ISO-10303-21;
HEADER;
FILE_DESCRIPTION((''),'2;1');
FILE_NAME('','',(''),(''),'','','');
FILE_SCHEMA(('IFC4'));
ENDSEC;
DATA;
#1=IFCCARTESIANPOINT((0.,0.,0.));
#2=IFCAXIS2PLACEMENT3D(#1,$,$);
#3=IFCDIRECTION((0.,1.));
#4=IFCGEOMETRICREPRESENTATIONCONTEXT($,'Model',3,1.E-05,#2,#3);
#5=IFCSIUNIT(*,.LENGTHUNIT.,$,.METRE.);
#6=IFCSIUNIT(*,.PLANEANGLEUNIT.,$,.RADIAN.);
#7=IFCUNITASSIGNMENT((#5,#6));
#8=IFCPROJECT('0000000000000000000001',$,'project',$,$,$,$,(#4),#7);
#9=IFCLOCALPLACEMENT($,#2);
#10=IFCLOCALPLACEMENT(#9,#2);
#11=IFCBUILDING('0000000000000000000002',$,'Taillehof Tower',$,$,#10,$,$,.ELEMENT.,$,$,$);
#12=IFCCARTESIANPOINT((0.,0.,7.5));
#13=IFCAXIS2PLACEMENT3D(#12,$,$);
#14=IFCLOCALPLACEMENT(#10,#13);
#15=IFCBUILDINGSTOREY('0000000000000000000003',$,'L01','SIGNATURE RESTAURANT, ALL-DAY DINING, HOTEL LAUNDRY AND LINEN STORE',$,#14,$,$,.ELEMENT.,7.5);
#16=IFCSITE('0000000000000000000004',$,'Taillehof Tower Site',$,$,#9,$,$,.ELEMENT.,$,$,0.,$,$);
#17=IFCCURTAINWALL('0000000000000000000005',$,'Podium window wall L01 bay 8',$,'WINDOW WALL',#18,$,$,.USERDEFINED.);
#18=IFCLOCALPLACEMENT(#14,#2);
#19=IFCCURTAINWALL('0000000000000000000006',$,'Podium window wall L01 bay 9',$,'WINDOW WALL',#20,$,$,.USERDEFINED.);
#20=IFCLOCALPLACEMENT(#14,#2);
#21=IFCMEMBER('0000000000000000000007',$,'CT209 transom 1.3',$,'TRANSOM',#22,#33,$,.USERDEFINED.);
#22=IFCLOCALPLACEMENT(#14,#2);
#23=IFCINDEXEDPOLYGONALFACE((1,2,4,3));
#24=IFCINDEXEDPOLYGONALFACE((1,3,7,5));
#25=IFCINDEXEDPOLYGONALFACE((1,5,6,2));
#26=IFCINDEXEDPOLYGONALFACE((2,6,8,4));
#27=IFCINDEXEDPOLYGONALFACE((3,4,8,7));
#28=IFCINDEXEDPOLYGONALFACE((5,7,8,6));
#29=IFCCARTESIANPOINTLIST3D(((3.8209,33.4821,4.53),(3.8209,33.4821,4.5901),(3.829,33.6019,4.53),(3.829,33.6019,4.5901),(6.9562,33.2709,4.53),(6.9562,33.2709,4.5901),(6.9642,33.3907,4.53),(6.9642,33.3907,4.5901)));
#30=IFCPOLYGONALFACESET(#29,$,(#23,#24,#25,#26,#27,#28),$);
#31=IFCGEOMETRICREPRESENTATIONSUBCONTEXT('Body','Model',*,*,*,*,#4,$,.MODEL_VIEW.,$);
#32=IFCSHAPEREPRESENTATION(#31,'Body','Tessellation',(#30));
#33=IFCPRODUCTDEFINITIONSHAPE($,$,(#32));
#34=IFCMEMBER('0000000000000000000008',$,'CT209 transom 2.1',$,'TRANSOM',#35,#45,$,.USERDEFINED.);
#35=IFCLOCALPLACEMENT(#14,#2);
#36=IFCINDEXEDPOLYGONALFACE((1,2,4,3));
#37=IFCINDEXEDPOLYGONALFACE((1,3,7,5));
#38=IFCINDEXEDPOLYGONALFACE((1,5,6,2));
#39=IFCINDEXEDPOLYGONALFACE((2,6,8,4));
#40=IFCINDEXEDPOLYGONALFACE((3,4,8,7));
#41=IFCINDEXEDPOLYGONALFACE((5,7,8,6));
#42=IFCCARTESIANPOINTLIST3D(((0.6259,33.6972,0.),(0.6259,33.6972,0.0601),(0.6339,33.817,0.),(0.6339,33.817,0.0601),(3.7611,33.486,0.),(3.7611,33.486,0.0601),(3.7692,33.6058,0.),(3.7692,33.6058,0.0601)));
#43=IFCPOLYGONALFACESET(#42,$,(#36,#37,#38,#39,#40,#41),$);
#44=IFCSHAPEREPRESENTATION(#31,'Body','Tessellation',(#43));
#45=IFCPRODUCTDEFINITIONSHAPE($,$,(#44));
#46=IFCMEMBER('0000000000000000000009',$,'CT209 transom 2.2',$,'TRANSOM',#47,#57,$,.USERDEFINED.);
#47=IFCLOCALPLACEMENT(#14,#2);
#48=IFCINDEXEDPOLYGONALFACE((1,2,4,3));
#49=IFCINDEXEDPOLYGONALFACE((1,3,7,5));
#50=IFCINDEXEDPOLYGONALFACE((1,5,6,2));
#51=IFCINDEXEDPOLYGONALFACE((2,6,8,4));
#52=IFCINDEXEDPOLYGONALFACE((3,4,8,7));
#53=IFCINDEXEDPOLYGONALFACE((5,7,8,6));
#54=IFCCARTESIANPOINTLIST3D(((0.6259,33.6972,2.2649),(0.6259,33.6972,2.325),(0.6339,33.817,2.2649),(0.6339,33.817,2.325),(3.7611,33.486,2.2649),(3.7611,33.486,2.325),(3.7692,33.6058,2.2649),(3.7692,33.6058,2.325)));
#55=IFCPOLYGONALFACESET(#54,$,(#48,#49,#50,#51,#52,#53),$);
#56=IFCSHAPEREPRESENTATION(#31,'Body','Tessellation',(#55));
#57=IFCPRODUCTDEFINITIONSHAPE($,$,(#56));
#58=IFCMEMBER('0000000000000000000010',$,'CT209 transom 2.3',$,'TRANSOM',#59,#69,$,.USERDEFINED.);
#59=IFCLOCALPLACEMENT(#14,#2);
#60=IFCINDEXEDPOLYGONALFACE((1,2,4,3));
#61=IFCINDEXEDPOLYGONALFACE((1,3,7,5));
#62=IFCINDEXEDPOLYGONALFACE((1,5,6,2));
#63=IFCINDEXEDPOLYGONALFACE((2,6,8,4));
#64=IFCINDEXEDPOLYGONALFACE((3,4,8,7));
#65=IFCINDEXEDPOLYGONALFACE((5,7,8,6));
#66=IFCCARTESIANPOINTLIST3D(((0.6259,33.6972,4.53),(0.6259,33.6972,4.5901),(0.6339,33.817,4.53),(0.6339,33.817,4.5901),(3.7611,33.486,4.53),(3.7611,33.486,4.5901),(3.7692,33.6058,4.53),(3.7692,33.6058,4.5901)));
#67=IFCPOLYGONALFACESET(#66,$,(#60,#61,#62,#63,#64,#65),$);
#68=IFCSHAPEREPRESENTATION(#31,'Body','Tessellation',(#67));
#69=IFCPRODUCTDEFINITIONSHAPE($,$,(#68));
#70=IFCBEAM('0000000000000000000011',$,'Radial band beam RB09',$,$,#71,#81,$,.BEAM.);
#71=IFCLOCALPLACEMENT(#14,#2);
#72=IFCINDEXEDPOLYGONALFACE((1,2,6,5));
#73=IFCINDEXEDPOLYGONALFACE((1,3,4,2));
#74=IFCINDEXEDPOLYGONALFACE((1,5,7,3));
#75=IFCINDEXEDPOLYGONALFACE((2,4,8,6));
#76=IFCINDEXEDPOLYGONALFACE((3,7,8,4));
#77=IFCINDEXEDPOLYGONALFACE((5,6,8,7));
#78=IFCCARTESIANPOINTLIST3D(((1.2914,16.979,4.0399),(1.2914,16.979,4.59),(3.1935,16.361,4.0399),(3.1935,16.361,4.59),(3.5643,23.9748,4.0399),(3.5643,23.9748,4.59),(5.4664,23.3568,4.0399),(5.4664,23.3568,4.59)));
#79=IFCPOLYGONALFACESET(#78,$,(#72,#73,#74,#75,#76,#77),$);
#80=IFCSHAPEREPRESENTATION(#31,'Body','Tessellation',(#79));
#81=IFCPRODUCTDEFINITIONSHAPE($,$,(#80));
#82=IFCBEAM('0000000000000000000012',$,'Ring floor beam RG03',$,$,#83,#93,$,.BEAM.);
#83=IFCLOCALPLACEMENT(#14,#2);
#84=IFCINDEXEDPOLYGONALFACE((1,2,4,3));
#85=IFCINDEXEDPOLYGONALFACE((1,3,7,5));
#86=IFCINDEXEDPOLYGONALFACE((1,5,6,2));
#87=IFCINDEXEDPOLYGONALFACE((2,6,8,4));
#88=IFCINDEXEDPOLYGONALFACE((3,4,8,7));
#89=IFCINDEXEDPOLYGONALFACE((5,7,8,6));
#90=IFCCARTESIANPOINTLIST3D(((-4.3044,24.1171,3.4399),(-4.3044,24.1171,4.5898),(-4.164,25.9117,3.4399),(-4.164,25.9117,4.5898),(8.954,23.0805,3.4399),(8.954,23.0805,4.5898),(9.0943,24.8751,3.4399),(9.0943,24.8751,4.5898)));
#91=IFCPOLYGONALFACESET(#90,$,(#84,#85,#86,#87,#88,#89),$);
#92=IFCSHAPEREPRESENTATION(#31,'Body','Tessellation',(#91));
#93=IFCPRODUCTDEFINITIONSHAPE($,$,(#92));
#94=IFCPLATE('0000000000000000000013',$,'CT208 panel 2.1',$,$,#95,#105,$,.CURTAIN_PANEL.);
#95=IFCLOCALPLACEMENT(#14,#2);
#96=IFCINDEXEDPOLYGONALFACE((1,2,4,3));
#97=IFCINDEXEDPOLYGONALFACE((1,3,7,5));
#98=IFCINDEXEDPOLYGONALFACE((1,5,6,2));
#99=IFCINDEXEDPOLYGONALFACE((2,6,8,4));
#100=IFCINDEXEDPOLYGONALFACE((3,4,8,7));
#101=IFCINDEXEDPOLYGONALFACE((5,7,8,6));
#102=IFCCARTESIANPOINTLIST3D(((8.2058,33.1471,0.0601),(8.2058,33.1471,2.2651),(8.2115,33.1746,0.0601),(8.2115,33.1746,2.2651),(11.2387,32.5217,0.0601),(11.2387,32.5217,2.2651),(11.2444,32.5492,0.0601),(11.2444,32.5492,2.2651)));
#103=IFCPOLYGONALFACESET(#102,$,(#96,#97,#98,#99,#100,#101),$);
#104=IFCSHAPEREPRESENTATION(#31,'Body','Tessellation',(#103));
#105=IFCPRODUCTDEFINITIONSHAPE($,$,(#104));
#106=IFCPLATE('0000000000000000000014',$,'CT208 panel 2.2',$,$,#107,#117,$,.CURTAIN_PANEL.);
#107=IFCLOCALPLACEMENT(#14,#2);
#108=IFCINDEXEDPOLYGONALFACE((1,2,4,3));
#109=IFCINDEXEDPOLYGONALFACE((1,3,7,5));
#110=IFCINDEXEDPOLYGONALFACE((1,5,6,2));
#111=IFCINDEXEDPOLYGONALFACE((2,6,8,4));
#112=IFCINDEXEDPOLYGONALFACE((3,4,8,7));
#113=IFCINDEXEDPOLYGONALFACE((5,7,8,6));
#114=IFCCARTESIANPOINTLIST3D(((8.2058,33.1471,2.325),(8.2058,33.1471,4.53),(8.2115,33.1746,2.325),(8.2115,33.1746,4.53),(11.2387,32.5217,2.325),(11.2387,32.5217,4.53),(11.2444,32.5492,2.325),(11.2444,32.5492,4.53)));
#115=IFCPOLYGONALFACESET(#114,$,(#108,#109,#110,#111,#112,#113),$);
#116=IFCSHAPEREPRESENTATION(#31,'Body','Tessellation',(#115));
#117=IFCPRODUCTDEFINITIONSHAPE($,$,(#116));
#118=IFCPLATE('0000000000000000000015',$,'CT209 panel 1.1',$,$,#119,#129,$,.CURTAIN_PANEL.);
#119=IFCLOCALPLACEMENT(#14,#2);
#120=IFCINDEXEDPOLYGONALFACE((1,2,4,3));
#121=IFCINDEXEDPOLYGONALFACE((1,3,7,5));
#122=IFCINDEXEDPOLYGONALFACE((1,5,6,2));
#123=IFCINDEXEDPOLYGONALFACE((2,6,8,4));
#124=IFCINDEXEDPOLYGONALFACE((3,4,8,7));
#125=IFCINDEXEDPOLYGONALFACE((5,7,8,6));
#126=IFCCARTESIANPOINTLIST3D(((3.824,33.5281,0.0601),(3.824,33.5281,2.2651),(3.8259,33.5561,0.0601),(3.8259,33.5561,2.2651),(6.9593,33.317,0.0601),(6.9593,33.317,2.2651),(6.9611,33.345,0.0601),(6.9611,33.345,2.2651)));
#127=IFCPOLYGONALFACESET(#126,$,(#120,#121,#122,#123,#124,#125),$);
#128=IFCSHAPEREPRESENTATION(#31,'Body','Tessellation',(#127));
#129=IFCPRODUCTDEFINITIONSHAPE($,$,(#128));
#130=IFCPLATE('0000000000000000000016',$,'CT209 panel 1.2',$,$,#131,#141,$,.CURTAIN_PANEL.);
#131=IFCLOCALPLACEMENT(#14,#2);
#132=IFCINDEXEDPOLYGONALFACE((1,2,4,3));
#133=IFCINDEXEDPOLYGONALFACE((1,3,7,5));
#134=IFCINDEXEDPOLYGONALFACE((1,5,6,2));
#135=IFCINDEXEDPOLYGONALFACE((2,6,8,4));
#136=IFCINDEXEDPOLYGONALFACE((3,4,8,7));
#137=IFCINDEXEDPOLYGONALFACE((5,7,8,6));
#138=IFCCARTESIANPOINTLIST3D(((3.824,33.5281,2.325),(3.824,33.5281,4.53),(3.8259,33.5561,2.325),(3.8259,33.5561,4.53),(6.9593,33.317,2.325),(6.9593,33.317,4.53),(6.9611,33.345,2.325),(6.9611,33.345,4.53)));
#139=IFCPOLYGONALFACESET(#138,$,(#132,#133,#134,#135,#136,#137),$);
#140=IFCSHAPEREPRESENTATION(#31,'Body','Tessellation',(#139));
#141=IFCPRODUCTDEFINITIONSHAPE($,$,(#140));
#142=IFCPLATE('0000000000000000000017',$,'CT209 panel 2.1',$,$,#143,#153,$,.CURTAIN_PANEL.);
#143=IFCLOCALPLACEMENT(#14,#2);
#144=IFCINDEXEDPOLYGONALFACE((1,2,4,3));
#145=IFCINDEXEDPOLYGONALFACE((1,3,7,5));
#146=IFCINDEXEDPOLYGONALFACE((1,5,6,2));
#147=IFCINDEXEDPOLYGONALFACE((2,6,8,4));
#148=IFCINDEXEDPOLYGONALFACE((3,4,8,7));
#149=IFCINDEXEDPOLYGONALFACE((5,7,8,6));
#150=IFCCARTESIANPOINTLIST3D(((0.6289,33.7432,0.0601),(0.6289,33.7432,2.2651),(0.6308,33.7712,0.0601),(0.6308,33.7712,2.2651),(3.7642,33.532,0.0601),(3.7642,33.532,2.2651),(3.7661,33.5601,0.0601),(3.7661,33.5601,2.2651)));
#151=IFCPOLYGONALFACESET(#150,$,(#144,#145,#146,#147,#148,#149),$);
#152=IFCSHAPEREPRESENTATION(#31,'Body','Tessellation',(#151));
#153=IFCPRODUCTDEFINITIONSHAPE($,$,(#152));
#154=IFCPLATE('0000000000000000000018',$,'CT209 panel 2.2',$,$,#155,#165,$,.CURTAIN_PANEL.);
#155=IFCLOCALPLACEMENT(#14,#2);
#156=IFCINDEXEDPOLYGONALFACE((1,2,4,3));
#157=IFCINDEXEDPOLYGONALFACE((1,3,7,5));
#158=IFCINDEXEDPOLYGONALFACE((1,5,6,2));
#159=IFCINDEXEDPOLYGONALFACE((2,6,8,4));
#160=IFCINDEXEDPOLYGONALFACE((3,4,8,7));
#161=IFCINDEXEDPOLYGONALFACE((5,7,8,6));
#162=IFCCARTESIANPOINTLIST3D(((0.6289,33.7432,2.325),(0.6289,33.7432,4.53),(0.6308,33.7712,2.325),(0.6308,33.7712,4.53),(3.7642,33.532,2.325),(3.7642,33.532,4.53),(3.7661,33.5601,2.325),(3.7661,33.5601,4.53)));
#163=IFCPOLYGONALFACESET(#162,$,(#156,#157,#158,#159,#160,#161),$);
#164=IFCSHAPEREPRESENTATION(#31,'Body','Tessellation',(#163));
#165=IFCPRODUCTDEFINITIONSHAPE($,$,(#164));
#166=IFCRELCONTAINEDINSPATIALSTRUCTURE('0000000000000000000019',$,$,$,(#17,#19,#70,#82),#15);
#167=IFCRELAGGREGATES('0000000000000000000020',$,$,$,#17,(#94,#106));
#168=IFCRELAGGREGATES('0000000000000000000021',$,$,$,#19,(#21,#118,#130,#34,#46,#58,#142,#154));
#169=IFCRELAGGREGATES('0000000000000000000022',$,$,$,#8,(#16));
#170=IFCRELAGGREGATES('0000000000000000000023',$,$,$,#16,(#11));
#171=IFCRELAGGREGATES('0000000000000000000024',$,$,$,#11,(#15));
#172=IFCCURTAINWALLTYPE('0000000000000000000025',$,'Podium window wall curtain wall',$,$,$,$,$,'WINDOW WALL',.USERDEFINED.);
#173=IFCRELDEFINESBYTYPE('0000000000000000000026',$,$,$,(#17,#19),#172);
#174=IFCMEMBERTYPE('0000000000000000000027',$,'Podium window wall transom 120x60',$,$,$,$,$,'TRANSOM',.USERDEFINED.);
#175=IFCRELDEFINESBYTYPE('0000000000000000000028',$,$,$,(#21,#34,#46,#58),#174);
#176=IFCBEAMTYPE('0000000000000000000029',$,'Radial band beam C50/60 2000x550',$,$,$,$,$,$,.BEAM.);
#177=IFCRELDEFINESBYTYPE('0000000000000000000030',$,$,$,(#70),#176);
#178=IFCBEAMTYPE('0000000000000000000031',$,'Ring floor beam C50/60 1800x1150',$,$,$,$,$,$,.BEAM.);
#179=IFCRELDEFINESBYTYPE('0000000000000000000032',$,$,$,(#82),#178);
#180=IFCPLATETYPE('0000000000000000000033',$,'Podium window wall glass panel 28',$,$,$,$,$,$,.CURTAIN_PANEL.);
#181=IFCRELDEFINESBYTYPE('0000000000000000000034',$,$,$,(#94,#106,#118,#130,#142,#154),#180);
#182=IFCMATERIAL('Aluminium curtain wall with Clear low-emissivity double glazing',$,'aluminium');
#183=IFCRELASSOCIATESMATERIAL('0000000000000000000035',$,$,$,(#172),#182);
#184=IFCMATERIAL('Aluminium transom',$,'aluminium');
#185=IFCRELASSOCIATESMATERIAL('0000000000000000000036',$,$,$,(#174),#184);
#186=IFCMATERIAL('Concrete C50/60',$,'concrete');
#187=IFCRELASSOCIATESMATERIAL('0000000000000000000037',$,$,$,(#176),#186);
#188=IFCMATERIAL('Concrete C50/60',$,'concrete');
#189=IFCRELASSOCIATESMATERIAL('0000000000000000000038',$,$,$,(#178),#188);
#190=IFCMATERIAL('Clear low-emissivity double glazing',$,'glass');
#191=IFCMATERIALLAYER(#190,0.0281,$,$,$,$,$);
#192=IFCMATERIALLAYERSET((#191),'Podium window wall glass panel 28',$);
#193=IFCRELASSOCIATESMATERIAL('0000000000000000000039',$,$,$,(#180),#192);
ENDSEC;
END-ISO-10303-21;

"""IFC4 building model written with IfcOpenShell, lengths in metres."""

from ifc_helpers import new_model, si_unit, direction, frame, origin, origin_2d, place, context, subcontext, project, spatial, rectangle, extrude, material, layer, layer_set, material_profile, profile_set, type_object, element, aggregate, save


model = new_model("IFC4")

# Units and contexts
model_context = context("Model", 3, precision=1e-05, world=origin(), true_north=direction((0.0, 1.0)))
body_context = subcontext(model_context, "Body", "Model", "MODEL_VIEW")
ifc_project = project(units=[si_unit("LENGTHUNIT", "METRE"), si_unit("PLANEANGLEUNIT", "RADIAN")], contexts=[model_context])

# Site, building, storey
site_placement = place(None, origin())
site = spatial("IfcSite", under=ifc_project, at=site_placement, Name="Taillehof Tower Site", CompositionType="ELEMENT", RefElevation=0.0)
building_placement = place(site_placement, origin())
building = spatial("IfcBuilding", under=site, at=building_placement, Name="Taillehof Tower", CompositionType="ELEMENT")
storey_placement = place(building_placement, frame((0.0, 0.0, 7.5)))
storey = spatial("IfcBuildingStorey", under=building, at=storey_placement, Name="L01", Description="SIGNATURE RESTAURANT, ALL-DAY DINING, HOTEL LAUNDRY AND LINEN STORE", CompositionType="ELEMENT", Elevation=7.5)

# Curtain wall
ifc_material_1 = material(Name="Aluminium curtain wall with Clear low-emissivity double glazing", Category="aluminium")
curtain_wall_type = type_object("IfcCurtainWallType", Name="Podium window wall curtain wall", ElementType="WINDOW WALL", PredefinedType="USERDEFINED", material=ifc_material_1)
curtain_wall_1_placement = place(storey_placement, origin())
curtain_wall_1 = element("IfcCurtainWall", 1, at=curtain_wall_1_placement, inside=storey, type_object=curtain_wall_type, Name="Podium window wall L01 bay 8", ObjectType="WINDOW WALL", PredefinedType="USERDEFINED")

# Curtain wall
curtain_wall_2_placement = place(storey_placement, origin())
curtain_wall_2 = element("IfcCurtainWall", 2, at=curtain_wall_2_placement, inside=storey, type_object=curtain_wall_type, Name="Podium window wall L01 bay 9", ObjectType="WINDOW WALL", PredefinedType="USERDEFINED")

# Members
ifc_material_2 = material(Name="Aluminium transom", Category="aluminium")
ifc_material_profile_1 = material_profile(ifc_material_2, rectangle(XDim=0.1201, YDim=0.0601, at=origin_2d()), Name="AL 120x60")
ifc_profile_set_1 = profile_set([ifc_material_profile_1], Name="Aluminium transom")
member_type_1 = type_object("IfcMemberType", Name="Podium window wall transom 120x60", ElementType="TRANSOM", PredefinedType="USERDEFINED", material=ifc_profile_set_1)
member_1_placement = place(storey_placement, frame((6.9602, 33.3308, 4.5601), z_axis=(-0.997739, 0.067205, 0.0), x_axis=(-0.067205, -0.997739, 0.0)))
member_1 = element("IfcMember", 3, at=member_1_placement, type_object=member_type_1, Name="CT209 transom 1.3", ObjectType="TRANSOM", PredefinedType="USERDEFINED", context=body_context, shape_type="SweptSolid", body=[
    extrude(rectangle(XDim=0.1201, YDim=0.0601, at=origin_2d()), origin(), (0.0, 0.0, 1.0), 3.1423),
])
member_2_placement = place(storey_placement, frame((3.7651, 33.5459, 0.03), z_axis=(-0.997739, 0.067205, 0.0), x_axis=(-0.067205, -0.997739, 0.0)))
member_2 = element("IfcMember", 4, at=member_2_placement, type_object=member_type_1, Name="CT209 transom 2.1", ObjectType="TRANSOM", PredefinedType="USERDEFINED", context=body_context, shape_type="SweptSolid", body=[
    extrude(rectangle(XDim=0.1201, YDim=0.0601, at=origin_2d()), origin(), (0.0, 0.0, 1.0), 3.1423),
])
member_3_placement = place(storey_placement, frame((3.7651, 33.5459, 2.2949), z_axis=(-0.997739, 0.067205, 0.0), x_axis=(-0.067205, -0.997739, 0.0)))
member_3 = element("IfcMember", 5, at=member_3_placement, type_object=member_type_1, Name="CT209 transom 2.2", ObjectType="TRANSOM", PredefinedType="USERDEFINED", context=body_context, shape_type="SweptSolid", body=[
    extrude(rectangle(XDim=0.1201, YDim=0.0601, at=origin_2d()), origin(), (0.0, 0.0, 1.0), 3.1423),
])
member_4_placement = place(storey_placement, frame((3.7651, 33.5459, 4.5601), z_axis=(-0.997739, 0.067205, 0.0), x_axis=(-0.067205, -0.997739, 0.0)))
member_4 = element("IfcMember", 6, at=member_4_placement, type_object=member_type_1, Name="CT209 transom 2.3", ObjectType="TRANSOM", PredefinedType="USERDEFINED", context=body_context, shape_type="SweptSolid", body=[
    extrude(rectangle(XDim=0.1201, YDim=0.0601, at=origin_2d()), origin(), (0.0, 0.0, 1.0), 3.1423),
])

# Beams
ifc_material_3 = material(Name="Concrete C50/60", Category="concrete")
ifc_material_profile_2 = material_profile(ifc_material_3, rectangle(XDim=2.0, YDim=0.55, at=origin_2d()), Name="RC 2000x550")
ifc_profile_set_2 = profile_set([ifc_material_profile_2], Name="Concrete C50/60")
beam_type_1 = type_object("IfcBeamType", Name="Radial band beam C50/60 2000x550", PredefinedType="BEAM", material=ifc_profile_set_2)
beam_1_placement = place(storey_placement, frame((4.5154, 23.6658, 4.3149), z_axis=(-0.309, -0.951062, 0.0), x_axis=(0.951062, -0.309, 0.0)))
element("IfcBeam", 7, at=beam_1_placement, inside=storey, type_object=beam_type_1, Name="Radial band beam RB09", PredefinedType="BEAM", context=body_context, shape_type="SweptSolid", body=[
    extrude(rectangle(XDim=2.0, YDim=0.55, at=origin_2d()), origin(), (0.0, 0.0, 1.0), 7.3557),
])
ifc_material_4 = material(Name="Concrete C50/60", Category="concrete")
ifc_material_profile_3 = material_profile(ifc_material_4, rectangle(XDim=1.8, YDim=1.1499, at=origin_2d()), Name="RC 1800x1150")
ifc_profile_set_3 = profile_set([ifc_material_profile_3], Name="Concrete C50/60")
beam_type_2 = type_object("IfcBeamType", Name="Ring floor beam C50/60 1800x1150", PredefinedType="BEAM", material=ifc_profile_set_3)
beam_2_placement = place(storey_placement, frame((9.0242, 23.9778, 4.0149), z_axis=(-0.996957, 0.077949, 0.0), x_axis=(-0.077949, -0.996957, 0.0)))
element("IfcBeam", 8, at=beam_2_placement, inside=storey, type_object=beam_type_2, Name="Ring floor beam RG03", PredefinedType="BEAM", context=body_context, shape_type="SweptSolid", body=[
    extrude(rectangle(XDim=1.8, YDim=1.1499, at=origin_2d()), origin(), (0.0, 0.0, 1.0), 13.2988),
])

# Plates
ifc_material_5 = material(Name="Clear low-emissivity double glazing", Category="glass")
ifc_layer_1 = layer(ifc_material_5, 0.0281)
ifc_layer_set_1 = layer_set([ifc_layer_1], Name="Podium window wall glass panel 28")
plate_type = type_object("IfcPlateType", Name="Podium window wall glass panel 28", PredefinedType="CURTAIN_PANEL", material=ifc_layer_set_1)
plate_1_placement = place(storey_placement, frame((9.7251, 32.8481, 0.0601), z_axis=(0.0, 0.0, 1.0), x_axis=(-0.97939, 0.201976, 0.0)))
plate_1 = element("IfcPlate", 9, at=plate_1_placement, type_object=plate_type, Name="CT208 panel 2.1", PredefinedType="CURTAIN_PANEL", context=body_context, shape_type="SweptSolid", body=[
    extrude(rectangle(XDim=3.0967, YDim=0.0281, at=origin_2d()), origin(), (0.0, 0.0, 1.0), 2.2051),
])
plate_2_placement = place(storey_placement, frame((9.7251, 32.8481, 2.325), z_axis=(0.0, 0.0, 1.0), x_axis=(-0.97939, 0.201976, 0.0)))
plate_2 = element("IfcPlate", 10, at=plate_2_placement, type_object=plate_type, Name="CT208 panel 2.2", PredefinedType="CURTAIN_PANEL", context=body_context, shape_type="SweptSolid", body=[
    extrude(rectangle(XDim=3.0967, YDim=0.0281, at=origin_2d()), origin(), (0.0, 0.0, 1.0), 2.2051),
])
aggregate(curtain_wall_1, [plate_1, plate_2])
plate_3_placement = place(storey_placement, frame((5.3926, 33.4365, 0.0601), z_axis=(0.0, 0.0, 1.0), x_axis=(-0.997741, 0.067183, 0.0)))
plate_3 = element("IfcPlate", 11, at=plate_3_placement, type_object=plate_type, Name="CT209 panel 1.1", PredefinedType="CURTAIN_PANEL", context=body_context, shape_type="SweptSolid", body=[
    extrude(rectangle(XDim=3.1423, YDim=0.0281, at=origin_2d()), origin(), (0.0, 0.0, 1.0), 2.2051),
])
plate_4_placement = place(storey_placement, frame((5.3926, 33.4365, 2.325), z_axis=(0.0, 0.0, 1.0), x_axis=(-0.997741, 0.067183, 0.0)))
plate_4 = element("IfcPlate", 12, at=plate_4_placement, type_object=plate_type, Name="CT209 panel 1.2", PredefinedType="CURTAIN_PANEL", context=body_context, shape_type="SweptSolid", body=[
    extrude(rectangle(XDim=3.1423, YDim=0.0281, at=origin_2d()), origin(), (0.0, 0.0, 1.0), 2.2051),
])
plate_5_placement = place(storey_placement, frame((2.1975, 33.6516, 0.0601), z_axis=(0.0, 0.0, 1.0), x_axis=(-0.997741, 0.067183, 0.0)))
plate_5 = element("IfcPlate", 13, at=plate_5_placement, type_object=plate_type, Name="CT209 panel 2.1", PredefinedType="CURTAIN_PANEL", context=body_context, shape_type="SweptSolid", body=[
    extrude(rectangle(XDim=3.1423, YDim=0.0281, at=origin_2d()), origin(), (0.0, 0.0, 1.0), 2.2051),
])
plate_6_placement = place(storey_placement, frame((2.1975, 33.6516, 2.325), z_axis=(0.0, 0.0, 1.0), x_axis=(-0.997741, 0.067183, 0.0)))
plate_6 = element("IfcPlate", 14, at=plate_6_placement, type_object=plate_type, Name="CT209 panel 2.2", PredefinedType="CURTAIN_PANEL", context=body_context, shape_type="SweptSolid", body=[
    extrude(rectangle(XDim=3.1423, YDim=0.0281, at=origin_2d()), origin(), (0.0, 0.0, 1.0), 2.2051),
])
aggregate(curtain_wall_2, [member_1, plate_3, plate_4, member_2, member_3, member_4, plate_5, plate_6])

save(model, "model.ifc")
